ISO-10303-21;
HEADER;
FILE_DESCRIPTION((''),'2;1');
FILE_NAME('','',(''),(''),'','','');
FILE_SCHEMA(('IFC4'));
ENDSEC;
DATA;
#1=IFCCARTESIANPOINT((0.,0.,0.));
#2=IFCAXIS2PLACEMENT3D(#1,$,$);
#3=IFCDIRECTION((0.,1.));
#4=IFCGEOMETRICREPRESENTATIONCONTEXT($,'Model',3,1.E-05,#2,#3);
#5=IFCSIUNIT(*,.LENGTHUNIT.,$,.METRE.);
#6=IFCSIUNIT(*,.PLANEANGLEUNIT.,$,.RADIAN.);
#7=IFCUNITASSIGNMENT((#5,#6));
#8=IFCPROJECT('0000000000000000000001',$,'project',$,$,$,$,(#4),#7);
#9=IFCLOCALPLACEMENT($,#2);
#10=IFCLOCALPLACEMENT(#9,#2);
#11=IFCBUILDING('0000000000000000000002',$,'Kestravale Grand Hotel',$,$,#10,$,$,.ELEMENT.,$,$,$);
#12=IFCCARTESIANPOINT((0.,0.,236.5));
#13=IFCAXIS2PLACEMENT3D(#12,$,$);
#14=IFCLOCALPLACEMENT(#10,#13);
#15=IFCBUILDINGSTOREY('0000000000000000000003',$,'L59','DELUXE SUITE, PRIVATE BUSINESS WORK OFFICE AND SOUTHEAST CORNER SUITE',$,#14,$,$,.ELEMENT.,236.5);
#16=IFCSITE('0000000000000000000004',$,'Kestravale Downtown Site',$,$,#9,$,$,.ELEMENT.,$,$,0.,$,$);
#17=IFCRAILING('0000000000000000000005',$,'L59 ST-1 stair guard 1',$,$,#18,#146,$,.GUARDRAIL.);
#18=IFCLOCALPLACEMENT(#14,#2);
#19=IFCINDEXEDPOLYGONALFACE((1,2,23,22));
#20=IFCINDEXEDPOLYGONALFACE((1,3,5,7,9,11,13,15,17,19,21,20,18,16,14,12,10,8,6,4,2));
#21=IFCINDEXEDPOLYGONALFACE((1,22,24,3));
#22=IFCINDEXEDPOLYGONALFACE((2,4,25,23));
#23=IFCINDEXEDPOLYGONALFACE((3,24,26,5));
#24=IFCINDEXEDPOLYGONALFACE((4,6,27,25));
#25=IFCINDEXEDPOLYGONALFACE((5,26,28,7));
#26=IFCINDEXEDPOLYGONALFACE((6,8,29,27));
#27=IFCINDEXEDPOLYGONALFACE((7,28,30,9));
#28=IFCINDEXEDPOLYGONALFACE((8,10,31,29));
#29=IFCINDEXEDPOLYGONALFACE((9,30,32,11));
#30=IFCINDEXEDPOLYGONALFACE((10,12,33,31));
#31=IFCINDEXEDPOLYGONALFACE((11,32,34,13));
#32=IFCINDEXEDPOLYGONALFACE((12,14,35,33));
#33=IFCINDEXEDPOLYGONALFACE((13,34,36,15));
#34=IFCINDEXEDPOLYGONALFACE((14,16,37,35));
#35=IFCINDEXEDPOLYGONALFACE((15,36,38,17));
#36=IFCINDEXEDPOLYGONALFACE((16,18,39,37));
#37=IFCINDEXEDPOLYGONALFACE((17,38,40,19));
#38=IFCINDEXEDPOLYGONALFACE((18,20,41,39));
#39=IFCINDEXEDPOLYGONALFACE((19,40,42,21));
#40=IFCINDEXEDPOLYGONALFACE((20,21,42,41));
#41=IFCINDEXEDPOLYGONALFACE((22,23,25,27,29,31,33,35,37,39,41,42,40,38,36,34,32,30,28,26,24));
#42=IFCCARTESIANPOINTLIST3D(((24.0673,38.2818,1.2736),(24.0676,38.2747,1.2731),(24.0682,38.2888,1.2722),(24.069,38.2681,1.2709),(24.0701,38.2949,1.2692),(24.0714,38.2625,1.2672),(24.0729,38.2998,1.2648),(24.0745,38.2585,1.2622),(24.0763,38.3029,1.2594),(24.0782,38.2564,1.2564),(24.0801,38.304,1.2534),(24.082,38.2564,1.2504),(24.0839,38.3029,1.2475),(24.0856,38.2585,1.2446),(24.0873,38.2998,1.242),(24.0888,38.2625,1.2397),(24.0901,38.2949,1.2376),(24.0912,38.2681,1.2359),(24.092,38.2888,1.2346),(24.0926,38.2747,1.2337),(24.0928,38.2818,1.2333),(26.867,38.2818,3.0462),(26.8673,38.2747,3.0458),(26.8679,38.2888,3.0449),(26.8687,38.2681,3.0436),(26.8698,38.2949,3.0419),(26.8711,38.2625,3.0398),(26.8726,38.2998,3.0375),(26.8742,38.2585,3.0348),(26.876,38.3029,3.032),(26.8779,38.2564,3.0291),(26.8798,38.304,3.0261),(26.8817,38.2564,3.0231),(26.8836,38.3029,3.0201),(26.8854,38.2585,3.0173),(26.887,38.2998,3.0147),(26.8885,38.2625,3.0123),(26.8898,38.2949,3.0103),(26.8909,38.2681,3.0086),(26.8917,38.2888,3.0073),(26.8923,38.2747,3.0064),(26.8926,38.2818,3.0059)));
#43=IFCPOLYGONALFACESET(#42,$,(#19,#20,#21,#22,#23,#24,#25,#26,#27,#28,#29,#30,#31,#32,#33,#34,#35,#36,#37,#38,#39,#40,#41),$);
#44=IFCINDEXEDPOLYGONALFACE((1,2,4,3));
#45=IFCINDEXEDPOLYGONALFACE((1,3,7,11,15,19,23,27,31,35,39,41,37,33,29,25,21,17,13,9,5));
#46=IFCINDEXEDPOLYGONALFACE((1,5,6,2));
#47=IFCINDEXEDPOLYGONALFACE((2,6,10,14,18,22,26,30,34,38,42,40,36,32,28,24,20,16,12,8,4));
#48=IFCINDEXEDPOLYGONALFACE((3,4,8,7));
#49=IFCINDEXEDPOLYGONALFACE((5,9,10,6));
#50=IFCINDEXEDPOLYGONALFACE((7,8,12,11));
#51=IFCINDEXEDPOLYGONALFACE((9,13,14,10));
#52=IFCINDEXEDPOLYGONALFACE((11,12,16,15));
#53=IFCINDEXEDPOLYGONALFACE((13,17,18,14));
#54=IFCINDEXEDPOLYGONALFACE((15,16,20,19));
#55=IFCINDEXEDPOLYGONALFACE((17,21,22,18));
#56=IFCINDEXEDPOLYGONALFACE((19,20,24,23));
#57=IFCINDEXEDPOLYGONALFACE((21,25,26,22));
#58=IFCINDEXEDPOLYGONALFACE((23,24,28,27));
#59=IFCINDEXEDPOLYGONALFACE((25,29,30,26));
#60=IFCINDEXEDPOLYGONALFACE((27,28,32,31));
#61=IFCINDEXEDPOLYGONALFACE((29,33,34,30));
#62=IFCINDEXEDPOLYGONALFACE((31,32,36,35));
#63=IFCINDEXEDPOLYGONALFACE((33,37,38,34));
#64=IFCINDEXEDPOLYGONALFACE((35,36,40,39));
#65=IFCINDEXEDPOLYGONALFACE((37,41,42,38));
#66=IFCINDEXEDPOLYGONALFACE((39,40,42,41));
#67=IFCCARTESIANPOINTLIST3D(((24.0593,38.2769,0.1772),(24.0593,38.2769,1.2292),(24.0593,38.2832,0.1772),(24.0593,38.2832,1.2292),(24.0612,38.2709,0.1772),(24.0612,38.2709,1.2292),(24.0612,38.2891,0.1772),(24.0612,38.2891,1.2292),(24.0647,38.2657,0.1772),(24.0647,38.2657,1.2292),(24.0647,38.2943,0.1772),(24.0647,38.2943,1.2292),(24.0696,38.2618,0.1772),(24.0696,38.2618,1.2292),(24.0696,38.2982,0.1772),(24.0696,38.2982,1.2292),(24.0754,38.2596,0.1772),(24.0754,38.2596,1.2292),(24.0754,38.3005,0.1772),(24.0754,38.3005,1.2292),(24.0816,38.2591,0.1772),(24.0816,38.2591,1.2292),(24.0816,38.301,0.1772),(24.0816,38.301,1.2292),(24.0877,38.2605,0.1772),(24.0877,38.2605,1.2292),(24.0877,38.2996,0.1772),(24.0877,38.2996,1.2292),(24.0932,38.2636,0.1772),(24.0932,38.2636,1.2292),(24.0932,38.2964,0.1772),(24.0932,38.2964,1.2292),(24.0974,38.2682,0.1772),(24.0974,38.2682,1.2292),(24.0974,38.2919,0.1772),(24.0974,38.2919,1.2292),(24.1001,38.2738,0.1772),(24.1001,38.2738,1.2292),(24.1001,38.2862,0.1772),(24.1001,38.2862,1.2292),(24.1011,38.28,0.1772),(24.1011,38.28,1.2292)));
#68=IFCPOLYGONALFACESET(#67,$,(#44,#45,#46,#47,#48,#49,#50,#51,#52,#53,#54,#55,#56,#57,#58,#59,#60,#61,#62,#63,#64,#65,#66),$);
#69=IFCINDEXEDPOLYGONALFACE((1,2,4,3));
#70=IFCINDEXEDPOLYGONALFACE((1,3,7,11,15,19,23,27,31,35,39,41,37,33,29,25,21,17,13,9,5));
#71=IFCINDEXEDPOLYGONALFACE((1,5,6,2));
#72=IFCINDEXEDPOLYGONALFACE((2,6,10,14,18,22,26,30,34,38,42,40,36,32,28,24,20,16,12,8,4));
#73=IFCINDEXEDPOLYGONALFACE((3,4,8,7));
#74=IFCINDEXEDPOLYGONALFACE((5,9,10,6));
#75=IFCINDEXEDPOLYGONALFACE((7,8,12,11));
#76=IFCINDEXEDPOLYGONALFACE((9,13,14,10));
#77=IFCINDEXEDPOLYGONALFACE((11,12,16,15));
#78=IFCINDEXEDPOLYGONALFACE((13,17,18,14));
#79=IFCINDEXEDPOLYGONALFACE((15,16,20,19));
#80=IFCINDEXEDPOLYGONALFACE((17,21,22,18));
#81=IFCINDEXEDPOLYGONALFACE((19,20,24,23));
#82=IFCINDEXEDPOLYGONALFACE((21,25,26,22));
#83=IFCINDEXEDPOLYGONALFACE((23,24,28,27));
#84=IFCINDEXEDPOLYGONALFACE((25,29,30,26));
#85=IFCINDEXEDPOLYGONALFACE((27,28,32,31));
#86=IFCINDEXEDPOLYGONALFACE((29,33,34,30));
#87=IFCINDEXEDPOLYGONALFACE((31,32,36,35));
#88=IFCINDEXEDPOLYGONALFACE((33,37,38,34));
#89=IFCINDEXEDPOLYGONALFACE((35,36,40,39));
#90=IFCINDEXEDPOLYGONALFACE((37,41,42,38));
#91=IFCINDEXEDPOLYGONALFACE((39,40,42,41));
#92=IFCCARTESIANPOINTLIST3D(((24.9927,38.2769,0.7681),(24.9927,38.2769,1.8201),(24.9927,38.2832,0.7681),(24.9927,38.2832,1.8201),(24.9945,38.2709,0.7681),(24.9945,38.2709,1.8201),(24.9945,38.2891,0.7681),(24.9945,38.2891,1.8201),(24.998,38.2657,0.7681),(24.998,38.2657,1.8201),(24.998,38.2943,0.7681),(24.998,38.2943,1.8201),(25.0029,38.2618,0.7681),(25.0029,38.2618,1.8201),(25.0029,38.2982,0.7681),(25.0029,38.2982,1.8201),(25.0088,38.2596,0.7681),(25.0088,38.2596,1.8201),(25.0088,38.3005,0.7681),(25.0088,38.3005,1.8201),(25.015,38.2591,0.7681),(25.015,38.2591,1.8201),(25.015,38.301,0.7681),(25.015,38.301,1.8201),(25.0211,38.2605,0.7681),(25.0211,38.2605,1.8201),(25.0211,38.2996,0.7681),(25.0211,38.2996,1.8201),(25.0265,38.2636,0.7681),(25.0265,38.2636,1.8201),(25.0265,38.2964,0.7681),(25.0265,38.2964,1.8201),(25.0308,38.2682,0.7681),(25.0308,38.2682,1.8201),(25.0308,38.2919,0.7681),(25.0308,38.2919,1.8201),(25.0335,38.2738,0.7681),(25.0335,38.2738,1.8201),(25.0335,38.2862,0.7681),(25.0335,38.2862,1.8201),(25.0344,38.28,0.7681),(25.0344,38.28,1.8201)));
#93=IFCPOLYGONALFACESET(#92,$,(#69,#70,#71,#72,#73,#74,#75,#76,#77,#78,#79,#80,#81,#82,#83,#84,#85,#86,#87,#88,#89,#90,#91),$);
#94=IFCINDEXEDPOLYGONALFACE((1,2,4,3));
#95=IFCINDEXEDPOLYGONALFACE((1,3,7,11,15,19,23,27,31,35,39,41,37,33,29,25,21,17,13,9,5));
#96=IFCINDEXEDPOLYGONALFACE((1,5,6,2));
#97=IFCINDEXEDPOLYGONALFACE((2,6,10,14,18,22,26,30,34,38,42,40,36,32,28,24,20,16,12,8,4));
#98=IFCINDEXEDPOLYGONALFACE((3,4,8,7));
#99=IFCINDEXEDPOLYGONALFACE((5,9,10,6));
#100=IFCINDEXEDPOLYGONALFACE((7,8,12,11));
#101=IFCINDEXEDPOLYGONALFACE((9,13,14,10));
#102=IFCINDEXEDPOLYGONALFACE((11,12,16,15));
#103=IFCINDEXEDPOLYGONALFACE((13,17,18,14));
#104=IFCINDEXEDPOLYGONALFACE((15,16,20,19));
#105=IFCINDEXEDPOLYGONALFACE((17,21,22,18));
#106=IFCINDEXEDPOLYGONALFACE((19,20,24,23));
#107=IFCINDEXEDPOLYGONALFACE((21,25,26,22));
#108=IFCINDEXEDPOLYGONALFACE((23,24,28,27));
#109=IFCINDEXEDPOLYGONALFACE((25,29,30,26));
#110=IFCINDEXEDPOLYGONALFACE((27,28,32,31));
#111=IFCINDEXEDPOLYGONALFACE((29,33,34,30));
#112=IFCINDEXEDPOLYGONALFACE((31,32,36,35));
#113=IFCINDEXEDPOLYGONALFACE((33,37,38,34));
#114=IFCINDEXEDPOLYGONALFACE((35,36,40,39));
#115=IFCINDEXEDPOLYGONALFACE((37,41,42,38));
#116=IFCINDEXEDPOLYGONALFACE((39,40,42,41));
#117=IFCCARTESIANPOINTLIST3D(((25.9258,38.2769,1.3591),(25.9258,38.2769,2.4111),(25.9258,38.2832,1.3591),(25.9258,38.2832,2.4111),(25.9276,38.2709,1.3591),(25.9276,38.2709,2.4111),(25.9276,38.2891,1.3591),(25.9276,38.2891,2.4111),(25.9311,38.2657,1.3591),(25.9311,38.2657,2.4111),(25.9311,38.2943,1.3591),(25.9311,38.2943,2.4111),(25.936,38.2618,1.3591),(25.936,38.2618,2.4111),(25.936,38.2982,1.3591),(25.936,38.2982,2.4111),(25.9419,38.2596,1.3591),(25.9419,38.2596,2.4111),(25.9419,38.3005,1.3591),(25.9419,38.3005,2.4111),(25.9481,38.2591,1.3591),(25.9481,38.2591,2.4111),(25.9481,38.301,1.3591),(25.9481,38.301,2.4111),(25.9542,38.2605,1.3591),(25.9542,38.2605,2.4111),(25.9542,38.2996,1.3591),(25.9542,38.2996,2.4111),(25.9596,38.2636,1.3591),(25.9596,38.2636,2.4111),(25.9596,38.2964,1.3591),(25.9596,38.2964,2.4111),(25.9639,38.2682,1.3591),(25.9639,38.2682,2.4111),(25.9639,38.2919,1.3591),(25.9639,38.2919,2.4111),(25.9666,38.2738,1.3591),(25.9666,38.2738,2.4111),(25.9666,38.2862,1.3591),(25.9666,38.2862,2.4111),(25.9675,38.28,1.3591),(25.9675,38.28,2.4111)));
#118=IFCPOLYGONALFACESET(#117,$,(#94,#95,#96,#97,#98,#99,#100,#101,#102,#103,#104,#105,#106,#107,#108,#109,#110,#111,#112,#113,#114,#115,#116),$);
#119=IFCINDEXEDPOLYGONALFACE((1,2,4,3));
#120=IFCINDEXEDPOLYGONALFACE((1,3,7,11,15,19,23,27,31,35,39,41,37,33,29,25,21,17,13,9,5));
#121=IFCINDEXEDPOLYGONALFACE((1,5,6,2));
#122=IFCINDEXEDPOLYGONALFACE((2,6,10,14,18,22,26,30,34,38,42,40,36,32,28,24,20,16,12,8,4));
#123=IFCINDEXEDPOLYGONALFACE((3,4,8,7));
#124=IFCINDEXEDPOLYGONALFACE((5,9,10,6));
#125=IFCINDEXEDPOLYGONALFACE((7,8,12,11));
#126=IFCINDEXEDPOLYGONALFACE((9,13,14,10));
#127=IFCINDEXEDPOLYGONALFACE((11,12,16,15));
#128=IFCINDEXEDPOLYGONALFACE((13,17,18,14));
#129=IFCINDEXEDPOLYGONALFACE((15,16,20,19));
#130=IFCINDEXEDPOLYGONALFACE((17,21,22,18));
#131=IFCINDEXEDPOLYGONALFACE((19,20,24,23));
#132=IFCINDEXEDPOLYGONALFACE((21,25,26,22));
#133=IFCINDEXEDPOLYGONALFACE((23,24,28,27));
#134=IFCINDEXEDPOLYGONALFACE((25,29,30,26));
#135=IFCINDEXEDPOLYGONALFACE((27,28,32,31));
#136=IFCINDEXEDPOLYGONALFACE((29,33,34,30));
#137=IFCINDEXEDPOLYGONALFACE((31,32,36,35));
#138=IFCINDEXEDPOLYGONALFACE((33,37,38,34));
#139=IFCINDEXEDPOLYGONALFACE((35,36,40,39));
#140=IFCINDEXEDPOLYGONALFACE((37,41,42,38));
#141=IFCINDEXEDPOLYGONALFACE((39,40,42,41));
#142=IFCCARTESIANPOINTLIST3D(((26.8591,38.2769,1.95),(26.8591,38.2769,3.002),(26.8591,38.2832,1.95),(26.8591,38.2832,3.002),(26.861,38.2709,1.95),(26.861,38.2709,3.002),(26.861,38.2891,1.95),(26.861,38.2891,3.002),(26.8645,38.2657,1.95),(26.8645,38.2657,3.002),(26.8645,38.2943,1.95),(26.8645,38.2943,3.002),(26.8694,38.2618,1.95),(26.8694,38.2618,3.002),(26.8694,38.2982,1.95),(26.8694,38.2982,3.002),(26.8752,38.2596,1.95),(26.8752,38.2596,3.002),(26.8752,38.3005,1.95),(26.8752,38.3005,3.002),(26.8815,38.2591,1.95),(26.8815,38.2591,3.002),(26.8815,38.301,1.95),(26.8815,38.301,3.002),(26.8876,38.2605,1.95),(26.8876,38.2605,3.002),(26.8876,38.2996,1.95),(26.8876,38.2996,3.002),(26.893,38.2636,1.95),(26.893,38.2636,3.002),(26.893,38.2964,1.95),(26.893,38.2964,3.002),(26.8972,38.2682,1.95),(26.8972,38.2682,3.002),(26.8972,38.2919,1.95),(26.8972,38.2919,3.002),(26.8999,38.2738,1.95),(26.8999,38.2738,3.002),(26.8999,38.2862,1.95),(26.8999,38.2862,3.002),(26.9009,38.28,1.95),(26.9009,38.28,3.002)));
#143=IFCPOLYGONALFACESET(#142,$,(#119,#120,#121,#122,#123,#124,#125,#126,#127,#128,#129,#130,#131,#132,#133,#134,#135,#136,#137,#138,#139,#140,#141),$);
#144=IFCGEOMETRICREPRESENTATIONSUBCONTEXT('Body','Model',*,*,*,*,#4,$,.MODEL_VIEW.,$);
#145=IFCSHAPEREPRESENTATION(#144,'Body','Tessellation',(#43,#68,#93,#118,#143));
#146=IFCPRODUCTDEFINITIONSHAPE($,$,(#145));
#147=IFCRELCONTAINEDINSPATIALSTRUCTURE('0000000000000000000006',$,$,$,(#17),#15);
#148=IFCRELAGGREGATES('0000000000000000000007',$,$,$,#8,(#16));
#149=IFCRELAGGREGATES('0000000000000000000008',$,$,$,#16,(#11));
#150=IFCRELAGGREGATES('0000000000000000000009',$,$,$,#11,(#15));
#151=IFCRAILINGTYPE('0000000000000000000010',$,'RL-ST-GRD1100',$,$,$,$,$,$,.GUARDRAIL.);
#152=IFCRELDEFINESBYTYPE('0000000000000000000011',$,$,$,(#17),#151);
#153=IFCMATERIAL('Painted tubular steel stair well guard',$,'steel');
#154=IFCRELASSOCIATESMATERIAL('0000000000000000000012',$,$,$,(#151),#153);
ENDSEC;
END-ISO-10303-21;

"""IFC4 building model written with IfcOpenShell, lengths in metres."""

from ifc_helpers import new_model, si_unit, direction, frame, origin, origin_2d, place, context, subcontext, project, spatial, circle, extrude, material, type_object, element, save


model = new_model("IFC4")

# Units and contexts
model_context = context("Model", 3, precision=1e-05, world=origin(), true_north=direction((0.0, 1.0)))
body_context = subcontext(model_context, "Body", "Model", "MODEL_VIEW")
ifc_project = project(units=[si_unit("LENGTHUNIT", "METRE"), si_unit("PLANEANGLEUNIT", "RADIAN")], contexts=[model_context])

# Site, building, storey
site_placement = place(None, origin())
site = spatial("IfcSite", under=ifc_project, at=site_placement, Name="Kestravale Downtown Site", CompositionType="ELEMENT", RefElevation=0.0)
building_placement = place(site_placement, origin())
building = spatial("IfcBuilding", under=site, at=building_placement, Name="Kestravale Grand Hotel", CompositionType="ELEMENT")
storey_placement = place(building_placement, frame((0.0, 0.0, 236.5)))
storey = spatial("IfcBuildingStorey", under=building, at=storey_placement, Name="L59", Description="DELUXE SUITE, PRIVATE BUSINESS WORK OFFICE AND SOUTHEAST CORNER SUITE", CompositionType="ELEMENT", Elevation=236.5)

# Railing
ifc_material_1 = material(Name="Painted tubular steel stair well guard", Category="steel")
railing_type_1 = type_object("IfcRailingType", Name="RL-ST-GRD1100", PredefinedType="GUARDRAIL", material=ifc_material_1)
railing_1_placement = place(storey_placement, frame((24.0801, 38.28, 0.1772)))
element("IfcRailing", 1, at=railing_1_placement, inside=storey, type_object=railing_type_1, Name="L59 ST-1 stair guard 1", PredefinedType="GUARDRAIL", context=body_context, shape_type="SweptSolid", body=[
    extrude(circle(Radius=0.0239, at=origin_2d()), frame((0.0, 0.0, 1.0762), z_axis=(0.844888, 0.0, 0.534943), x_axis=(0.0, 1.0, 0.0)), (0.0, 0.0, 1.0), 3.3137),
    extrude(circle(Radius=0.021, at=origin_2d()), origin(), (0.0, 0.0, 1.0), 1.052),
    extrude(circle(Radius=0.021, at=origin_2d()), frame((0.9333, 0.0, 0.5908)), (0.0, 0.0, 1.0), 1.052),
    extrude(circle(Radius=0.021, at=origin_2d()), frame((1.8665, 0.0, 1.1819)), (0.0, 0.0, 1.0), 1.052),
    extrude(circle(Radius=0.021, at=origin_2d()), frame((2.7998, 0.0, 1.7727)), (0.0, 0.0, 1.0), 1.052),
])

save(model, "model.ifc")
